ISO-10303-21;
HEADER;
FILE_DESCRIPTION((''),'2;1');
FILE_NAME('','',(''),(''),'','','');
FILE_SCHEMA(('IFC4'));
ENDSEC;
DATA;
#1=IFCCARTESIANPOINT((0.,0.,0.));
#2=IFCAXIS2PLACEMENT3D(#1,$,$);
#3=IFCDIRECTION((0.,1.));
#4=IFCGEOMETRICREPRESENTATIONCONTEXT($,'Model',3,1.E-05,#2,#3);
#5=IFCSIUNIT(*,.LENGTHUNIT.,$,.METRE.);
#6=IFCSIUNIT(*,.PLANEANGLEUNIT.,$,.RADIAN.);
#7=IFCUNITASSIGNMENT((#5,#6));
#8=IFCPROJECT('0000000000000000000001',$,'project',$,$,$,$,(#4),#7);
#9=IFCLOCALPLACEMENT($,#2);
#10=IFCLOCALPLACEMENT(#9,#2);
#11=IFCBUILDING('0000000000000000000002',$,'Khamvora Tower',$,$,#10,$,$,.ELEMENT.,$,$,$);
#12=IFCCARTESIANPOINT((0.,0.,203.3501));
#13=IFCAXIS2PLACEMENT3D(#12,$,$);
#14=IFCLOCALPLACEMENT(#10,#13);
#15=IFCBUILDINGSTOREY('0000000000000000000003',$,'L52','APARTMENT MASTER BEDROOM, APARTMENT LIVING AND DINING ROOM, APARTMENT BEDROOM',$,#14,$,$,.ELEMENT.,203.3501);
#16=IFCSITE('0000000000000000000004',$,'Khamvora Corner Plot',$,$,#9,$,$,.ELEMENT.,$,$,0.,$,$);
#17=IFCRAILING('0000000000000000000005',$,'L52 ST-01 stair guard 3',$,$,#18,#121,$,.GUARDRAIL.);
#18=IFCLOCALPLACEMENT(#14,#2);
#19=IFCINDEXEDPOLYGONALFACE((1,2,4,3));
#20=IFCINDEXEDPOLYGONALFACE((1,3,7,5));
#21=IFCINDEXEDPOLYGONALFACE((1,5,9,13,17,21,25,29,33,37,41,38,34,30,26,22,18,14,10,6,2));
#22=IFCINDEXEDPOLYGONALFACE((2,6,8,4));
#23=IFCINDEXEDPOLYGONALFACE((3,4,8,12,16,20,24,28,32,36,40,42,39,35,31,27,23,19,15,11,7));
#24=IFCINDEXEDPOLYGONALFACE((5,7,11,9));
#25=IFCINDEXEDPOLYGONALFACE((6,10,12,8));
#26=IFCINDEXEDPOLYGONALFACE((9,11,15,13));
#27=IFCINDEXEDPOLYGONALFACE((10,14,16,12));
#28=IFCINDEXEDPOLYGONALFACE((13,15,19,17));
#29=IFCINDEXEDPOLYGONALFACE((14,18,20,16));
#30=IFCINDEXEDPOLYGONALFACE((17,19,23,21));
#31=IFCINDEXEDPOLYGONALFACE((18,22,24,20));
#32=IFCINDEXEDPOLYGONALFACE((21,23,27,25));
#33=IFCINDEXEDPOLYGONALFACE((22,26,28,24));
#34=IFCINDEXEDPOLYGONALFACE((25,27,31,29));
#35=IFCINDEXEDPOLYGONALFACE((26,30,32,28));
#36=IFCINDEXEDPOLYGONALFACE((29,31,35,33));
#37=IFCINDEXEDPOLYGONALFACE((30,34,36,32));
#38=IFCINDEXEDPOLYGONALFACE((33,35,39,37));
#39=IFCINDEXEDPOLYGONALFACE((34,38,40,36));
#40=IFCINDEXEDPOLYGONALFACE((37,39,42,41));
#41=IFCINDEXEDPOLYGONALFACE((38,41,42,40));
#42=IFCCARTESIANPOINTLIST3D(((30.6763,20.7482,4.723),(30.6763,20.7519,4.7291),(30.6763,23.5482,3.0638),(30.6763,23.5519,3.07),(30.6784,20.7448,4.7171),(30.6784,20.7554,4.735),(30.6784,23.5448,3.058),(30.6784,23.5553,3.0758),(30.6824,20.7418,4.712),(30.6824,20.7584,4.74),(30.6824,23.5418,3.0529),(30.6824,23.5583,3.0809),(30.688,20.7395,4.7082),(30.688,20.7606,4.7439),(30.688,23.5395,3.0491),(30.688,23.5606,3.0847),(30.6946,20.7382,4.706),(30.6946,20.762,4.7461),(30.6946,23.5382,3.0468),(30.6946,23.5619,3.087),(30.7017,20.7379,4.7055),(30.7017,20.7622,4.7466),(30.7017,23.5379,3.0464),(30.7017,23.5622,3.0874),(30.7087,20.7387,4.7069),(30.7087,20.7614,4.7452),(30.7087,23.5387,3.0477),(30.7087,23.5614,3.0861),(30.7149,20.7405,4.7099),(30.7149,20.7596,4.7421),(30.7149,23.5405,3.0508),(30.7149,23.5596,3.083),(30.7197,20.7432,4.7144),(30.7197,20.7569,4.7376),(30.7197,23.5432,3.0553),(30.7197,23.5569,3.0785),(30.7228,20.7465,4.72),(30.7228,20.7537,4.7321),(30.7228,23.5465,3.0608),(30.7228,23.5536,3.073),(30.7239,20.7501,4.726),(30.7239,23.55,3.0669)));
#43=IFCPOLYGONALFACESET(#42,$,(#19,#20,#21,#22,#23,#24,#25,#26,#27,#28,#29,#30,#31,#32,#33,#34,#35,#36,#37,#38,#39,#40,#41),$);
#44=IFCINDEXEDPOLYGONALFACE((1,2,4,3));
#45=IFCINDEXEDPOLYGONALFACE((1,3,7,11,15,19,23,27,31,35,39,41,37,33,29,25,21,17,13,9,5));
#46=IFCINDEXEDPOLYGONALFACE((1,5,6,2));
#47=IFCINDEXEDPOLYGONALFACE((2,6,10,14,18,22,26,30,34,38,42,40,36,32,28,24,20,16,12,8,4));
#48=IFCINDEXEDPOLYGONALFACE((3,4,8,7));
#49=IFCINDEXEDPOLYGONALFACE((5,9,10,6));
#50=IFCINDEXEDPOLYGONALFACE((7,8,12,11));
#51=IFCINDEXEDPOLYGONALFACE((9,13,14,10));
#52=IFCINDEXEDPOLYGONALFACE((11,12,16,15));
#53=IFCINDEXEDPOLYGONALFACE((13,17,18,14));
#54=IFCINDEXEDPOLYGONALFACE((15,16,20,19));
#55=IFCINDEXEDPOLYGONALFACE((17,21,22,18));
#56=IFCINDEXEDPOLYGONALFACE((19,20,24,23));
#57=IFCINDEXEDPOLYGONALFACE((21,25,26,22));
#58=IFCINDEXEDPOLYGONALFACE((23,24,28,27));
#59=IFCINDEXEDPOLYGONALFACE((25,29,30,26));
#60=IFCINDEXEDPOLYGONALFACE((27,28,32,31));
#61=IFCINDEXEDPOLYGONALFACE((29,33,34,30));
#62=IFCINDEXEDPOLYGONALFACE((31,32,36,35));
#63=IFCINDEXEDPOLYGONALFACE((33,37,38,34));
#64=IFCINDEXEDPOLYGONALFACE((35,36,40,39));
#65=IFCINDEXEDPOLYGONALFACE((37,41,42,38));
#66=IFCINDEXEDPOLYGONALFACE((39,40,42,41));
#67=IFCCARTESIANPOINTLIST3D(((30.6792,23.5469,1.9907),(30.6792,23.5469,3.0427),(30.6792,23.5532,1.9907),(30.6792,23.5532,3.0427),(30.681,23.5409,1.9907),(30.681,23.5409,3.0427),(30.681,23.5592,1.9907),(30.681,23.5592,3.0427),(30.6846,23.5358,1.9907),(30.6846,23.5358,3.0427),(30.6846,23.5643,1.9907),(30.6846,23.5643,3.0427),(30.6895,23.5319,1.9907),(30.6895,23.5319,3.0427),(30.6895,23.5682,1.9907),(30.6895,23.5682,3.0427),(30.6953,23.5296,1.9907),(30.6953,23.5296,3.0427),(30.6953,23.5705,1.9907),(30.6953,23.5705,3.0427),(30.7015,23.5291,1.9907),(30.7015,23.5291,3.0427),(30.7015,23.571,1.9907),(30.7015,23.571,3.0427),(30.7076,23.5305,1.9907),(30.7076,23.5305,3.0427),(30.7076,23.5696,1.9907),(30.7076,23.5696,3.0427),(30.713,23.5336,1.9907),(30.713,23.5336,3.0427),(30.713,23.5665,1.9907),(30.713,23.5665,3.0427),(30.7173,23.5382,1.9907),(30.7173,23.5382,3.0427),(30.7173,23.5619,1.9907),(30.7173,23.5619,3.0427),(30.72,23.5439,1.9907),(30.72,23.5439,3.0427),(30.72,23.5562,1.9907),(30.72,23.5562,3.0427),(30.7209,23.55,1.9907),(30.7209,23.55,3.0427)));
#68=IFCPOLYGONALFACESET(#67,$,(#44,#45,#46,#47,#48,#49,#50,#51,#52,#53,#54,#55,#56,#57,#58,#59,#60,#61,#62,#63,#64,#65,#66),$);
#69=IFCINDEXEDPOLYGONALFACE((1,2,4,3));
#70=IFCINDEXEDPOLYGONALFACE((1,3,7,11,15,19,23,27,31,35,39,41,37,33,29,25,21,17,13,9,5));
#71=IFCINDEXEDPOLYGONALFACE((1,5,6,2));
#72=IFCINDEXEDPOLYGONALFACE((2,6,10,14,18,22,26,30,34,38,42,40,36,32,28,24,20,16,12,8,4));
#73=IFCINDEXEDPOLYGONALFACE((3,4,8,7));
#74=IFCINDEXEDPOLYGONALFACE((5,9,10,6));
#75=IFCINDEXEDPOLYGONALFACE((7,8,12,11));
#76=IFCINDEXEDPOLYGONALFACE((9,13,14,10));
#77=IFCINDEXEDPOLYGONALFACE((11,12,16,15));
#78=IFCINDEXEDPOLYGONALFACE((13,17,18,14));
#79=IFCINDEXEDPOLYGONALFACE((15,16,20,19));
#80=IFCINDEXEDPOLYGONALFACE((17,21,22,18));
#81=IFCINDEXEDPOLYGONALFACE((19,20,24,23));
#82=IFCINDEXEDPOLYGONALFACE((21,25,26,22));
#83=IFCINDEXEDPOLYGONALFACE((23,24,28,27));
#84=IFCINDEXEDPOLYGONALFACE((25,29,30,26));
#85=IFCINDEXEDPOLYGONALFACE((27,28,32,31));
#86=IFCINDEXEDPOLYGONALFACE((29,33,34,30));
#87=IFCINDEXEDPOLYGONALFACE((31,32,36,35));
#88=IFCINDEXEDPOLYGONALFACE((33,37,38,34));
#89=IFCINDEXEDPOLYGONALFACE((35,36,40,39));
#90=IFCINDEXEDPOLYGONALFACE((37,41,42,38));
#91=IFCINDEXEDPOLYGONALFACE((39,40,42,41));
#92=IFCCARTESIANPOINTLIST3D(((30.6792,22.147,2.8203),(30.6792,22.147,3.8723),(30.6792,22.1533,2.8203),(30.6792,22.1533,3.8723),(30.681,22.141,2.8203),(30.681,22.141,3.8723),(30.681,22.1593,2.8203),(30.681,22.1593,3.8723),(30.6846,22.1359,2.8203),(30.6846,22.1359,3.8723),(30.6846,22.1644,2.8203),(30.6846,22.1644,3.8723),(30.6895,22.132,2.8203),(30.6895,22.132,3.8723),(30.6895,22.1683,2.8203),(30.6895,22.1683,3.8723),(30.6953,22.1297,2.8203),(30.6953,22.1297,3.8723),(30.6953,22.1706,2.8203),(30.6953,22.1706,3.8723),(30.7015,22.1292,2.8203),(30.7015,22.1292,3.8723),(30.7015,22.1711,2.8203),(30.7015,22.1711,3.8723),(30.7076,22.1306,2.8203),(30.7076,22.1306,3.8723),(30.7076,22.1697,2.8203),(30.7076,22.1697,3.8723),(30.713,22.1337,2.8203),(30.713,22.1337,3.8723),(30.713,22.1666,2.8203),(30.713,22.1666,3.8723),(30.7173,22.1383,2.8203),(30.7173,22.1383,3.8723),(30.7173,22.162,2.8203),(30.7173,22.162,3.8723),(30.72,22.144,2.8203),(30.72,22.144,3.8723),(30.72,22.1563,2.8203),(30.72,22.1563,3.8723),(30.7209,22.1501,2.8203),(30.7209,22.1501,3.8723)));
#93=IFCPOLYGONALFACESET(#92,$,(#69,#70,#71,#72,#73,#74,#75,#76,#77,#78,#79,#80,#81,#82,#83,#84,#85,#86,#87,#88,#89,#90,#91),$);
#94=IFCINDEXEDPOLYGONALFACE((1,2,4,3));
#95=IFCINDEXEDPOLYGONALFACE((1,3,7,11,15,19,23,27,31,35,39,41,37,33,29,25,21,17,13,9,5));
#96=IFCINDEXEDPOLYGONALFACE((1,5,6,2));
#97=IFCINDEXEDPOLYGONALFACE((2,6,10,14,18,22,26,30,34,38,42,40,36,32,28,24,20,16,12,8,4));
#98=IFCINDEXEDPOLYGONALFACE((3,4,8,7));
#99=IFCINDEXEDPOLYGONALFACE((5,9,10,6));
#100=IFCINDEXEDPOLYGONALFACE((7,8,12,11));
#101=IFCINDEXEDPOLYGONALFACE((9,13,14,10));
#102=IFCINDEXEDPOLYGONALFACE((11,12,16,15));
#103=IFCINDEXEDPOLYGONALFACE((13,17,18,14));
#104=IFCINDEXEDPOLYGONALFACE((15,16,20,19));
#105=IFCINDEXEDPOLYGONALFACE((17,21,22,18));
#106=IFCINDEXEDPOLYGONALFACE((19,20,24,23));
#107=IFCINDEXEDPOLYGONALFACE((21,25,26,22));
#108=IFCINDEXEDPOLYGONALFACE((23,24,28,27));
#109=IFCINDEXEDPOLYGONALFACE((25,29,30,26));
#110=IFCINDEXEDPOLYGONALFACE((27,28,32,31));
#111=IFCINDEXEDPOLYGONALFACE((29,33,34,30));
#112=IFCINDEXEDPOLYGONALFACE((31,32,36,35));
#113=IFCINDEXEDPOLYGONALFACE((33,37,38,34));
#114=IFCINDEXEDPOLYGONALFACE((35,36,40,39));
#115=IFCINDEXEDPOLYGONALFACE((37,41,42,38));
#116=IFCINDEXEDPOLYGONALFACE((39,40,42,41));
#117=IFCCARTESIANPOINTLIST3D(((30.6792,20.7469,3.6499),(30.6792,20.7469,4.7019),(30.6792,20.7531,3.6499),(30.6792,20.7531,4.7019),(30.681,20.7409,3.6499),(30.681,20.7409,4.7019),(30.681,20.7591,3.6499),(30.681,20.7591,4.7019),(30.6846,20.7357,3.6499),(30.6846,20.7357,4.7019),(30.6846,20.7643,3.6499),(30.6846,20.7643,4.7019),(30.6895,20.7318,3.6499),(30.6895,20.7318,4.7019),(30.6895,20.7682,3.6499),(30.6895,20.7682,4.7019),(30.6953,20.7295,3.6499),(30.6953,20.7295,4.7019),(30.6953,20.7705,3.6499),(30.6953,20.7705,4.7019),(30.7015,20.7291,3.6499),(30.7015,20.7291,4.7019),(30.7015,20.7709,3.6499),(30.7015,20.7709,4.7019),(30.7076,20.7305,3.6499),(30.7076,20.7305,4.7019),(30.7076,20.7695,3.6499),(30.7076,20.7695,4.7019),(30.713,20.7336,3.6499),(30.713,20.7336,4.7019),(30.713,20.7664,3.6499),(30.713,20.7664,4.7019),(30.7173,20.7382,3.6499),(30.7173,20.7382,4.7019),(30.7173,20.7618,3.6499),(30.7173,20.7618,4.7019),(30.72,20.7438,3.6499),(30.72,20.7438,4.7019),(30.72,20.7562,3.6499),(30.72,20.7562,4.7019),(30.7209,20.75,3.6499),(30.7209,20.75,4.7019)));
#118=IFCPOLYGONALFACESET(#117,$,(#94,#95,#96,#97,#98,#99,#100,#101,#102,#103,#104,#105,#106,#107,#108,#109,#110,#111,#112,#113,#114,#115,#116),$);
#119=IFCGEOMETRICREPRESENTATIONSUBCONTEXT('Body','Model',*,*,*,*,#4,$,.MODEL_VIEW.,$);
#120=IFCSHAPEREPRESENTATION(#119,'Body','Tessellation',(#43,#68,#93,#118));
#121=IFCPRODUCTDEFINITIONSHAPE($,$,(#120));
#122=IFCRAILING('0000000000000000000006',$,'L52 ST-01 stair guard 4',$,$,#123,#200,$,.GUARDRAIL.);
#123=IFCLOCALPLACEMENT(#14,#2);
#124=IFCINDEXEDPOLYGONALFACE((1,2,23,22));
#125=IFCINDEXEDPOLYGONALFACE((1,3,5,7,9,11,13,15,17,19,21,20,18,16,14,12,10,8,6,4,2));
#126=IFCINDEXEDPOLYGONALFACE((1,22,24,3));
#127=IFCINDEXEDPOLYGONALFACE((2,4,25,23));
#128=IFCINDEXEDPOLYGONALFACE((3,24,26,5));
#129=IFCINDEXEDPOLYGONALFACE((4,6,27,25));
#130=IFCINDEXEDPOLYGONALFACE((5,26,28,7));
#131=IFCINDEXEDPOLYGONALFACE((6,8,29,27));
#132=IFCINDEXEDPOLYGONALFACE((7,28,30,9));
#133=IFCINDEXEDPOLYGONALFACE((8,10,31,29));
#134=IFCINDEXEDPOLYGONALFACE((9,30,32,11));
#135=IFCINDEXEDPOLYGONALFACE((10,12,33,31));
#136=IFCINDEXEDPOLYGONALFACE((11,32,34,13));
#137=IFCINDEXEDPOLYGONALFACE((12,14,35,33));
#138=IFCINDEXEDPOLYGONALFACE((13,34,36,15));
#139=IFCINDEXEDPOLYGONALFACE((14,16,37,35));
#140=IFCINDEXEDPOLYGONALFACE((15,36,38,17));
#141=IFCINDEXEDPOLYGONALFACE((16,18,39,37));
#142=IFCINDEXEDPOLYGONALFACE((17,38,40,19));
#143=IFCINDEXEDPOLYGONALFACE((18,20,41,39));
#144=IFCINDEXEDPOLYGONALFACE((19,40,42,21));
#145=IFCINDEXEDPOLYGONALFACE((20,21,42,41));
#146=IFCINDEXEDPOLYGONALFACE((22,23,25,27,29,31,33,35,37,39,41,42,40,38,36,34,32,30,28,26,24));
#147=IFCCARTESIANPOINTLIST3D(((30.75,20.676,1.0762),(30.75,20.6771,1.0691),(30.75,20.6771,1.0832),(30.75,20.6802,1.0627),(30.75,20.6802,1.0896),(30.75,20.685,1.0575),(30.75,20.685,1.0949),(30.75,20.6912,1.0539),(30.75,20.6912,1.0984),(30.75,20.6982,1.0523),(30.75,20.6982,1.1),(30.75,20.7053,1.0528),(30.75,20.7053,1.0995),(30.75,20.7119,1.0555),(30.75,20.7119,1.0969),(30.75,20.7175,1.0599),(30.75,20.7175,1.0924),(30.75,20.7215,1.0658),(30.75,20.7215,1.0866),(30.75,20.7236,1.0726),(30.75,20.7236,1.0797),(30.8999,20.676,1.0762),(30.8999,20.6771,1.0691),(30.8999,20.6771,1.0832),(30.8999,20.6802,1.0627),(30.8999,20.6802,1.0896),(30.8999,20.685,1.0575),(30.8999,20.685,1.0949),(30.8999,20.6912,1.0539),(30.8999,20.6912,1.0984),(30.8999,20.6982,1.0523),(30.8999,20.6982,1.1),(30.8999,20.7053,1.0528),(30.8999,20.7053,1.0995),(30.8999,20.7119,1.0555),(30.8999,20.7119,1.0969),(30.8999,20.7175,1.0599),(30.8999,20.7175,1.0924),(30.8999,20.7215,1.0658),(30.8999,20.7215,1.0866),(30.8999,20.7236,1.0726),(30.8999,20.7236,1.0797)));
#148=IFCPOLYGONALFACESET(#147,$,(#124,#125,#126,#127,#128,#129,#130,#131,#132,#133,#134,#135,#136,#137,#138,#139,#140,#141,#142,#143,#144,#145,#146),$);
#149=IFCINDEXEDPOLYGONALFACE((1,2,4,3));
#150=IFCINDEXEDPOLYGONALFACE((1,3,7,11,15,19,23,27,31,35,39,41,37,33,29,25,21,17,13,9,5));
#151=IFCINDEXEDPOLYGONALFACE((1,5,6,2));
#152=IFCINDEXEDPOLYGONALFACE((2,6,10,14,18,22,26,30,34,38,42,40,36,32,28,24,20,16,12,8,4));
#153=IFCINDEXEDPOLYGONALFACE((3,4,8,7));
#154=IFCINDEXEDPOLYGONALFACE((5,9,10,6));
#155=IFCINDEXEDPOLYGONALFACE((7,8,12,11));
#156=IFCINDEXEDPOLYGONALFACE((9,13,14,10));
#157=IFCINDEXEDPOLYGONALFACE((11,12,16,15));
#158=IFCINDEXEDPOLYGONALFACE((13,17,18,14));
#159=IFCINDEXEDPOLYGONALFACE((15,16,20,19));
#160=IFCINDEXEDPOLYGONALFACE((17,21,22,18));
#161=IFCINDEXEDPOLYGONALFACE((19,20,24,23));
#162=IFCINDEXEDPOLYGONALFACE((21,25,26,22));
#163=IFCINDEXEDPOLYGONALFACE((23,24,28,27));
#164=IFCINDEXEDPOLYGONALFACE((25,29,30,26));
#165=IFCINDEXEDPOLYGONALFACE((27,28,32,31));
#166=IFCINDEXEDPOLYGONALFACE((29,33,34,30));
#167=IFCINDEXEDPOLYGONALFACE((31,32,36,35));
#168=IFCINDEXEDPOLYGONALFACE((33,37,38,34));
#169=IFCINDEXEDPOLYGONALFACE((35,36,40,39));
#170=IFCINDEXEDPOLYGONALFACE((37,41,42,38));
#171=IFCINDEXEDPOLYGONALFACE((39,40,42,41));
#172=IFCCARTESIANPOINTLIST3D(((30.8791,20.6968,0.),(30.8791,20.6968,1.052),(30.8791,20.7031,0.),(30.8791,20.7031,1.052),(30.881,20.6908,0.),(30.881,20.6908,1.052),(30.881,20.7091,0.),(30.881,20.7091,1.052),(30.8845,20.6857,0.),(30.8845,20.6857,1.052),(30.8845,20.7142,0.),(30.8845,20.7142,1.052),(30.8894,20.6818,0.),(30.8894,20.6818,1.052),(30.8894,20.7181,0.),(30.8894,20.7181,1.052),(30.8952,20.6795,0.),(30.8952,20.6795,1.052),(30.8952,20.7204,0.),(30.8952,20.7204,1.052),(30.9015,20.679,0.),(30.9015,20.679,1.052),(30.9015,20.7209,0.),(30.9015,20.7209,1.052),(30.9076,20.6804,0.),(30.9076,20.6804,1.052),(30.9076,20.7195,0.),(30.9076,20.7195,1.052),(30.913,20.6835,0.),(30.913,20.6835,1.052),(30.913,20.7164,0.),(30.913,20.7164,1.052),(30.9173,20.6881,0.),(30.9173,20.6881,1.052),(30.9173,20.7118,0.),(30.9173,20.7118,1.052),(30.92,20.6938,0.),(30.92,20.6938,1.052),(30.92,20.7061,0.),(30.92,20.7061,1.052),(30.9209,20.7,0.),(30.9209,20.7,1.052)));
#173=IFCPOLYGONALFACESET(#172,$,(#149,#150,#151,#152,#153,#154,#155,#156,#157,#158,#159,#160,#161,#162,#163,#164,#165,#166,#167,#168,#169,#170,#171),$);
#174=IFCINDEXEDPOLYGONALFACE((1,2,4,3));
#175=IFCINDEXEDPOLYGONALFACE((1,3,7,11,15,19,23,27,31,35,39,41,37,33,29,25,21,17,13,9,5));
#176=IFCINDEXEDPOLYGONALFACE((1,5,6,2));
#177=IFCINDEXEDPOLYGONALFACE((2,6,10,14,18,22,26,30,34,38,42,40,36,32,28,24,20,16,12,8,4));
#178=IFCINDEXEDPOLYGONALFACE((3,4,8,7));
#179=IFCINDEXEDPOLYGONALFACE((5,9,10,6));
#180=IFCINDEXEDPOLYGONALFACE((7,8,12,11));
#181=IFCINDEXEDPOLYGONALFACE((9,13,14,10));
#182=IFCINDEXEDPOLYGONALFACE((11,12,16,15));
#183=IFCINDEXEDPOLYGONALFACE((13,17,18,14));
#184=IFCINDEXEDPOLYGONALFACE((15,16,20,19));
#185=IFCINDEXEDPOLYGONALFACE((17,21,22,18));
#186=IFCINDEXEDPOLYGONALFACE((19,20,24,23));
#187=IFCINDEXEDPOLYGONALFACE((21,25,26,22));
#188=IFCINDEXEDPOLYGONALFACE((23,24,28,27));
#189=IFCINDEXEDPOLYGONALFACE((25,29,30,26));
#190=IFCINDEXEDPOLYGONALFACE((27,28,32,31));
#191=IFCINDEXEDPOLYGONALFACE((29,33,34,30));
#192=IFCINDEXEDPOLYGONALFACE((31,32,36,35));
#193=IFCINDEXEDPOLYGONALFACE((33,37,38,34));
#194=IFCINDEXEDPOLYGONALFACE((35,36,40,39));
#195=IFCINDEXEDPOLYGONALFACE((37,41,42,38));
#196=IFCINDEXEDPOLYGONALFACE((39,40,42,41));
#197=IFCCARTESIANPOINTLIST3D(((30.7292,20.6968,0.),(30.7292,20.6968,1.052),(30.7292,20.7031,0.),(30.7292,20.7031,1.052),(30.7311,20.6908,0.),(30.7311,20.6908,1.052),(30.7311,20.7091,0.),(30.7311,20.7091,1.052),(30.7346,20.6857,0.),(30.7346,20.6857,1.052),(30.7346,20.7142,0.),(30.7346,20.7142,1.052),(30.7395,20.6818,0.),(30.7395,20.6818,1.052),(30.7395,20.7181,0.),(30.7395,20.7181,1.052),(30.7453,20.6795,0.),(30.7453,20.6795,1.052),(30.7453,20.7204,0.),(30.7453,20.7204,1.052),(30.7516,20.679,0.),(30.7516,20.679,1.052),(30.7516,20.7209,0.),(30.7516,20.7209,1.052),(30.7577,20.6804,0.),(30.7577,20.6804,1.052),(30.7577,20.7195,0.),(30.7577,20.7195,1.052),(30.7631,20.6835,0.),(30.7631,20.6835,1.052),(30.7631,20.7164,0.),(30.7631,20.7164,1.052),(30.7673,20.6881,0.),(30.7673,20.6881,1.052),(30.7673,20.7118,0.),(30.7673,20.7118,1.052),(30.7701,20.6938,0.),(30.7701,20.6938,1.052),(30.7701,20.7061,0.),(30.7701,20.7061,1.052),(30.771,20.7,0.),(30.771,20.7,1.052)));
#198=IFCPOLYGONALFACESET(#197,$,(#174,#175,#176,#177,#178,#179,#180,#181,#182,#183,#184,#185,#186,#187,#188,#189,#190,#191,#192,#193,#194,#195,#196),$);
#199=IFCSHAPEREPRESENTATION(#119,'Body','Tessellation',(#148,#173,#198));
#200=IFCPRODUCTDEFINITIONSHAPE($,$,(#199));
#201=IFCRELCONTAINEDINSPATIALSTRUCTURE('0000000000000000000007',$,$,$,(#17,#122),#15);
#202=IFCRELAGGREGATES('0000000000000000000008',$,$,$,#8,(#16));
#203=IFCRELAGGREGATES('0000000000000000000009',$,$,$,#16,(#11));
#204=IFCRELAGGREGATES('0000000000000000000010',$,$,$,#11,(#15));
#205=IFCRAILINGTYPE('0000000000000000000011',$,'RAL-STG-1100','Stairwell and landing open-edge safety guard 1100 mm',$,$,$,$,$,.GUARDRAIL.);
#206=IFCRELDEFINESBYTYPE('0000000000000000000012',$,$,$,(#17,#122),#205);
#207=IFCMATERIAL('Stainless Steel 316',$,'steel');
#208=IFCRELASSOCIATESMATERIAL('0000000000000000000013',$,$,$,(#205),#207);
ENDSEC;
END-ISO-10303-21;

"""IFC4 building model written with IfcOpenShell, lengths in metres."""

from ifc_helpers import new_model, si_unit, direction, frame, origin, origin_2d, place, context, subcontext, project, spatial, circle, extrude, material, type_object, element, save


model = new_model("IFC4")

# Units and contexts
model_context = context("Model", 3, precision=1e-05, world=origin(), true_north=direction((0.0, 1.0)))
body_context = subcontext(model_context, "Body", "Model", "MODEL_VIEW")
ifc_project = project(units=[si_unit("LENGTHUNIT", "METRE"), si_unit("PLANEANGLEUNIT", "RADIAN")], contexts=[model_context])

# Site, building, storey
site_placement = place(None, origin())
site = spatial("IfcSite", under=ifc_project, at=site_placement, Name="Khamvora Corner Plot", CompositionType="ELEMENT", RefElevation=0.0)
building_placement = place(site_placement, origin())
building = spatial("IfcBuilding", under=site, at=building_placement, Name="Khamvora Tower", CompositionType="ELEMENT")
storey_placement = place(building_placement, frame((0.0, 0.0, 203.3501)))
storey = spatial("IfcBuildingStorey", under=building, at=storey_placement, Name="L52", Description="APARTMENT MASTER BEDROOM, APARTMENT LIVING AND DINING ROOM, APARTMENT BEDROOM", CompositionType="ELEMENT", Elevation=203.3501)

# Railings
ifc_material_1 = material(Name="Stainless Steel 316", Category="steel")
railing_type_1 = type_object("IfcRailingType", Name="RAL-STG-1100", Description="Stairwell and landing open-edge safety guard 1100 mm", PredefinedType="GUARDRAIL", material=ifc_material_1)
railing_1_placement = place(storey_placement, frame((30.7, 23.55, 1.9907)))
element("IfcRailing", 1, at=railing_1_placement, inside=storey, type_object=railing_type_1, Name="L52 ST-01 stair guard 3", PredefinedType="GUARDRAIL", context=body_context, shape_type="SweptSolid", body=[
    extrude(circle(Radius=0.0239, at=origin_2d()), frame((0.0, 0.0, 1.0762), z_axis=(0.0, -0.860306, 0.509778), x_axis=(1.0, 0.0, 0.0)), (0.0, 0.0, 1.0), 3.2546),
    extrude(circle(Radius=0.021, at=origin_2d()), origin(), (0.0, 0.0, 1.0), 1.052),
    extrude(circle(Radius=0.021, at=origin_2d()), frame((0.0, -1.3999, 0.8296)), (0.0, 0.0, 1.0), 1.052),
    extrude(circle(Radius=0.021, at=origin_2d()), frame((0.0, -2.8, 1.6592)), (0.0, 0.0, 1.0), 1.052),
])
railing_2_placement = place(storey_placement, frame((30.8999, 20.7, 0.0)))
element("IfcRailing", 2, at=railing_2_placement, inside=storey, type_object=railing_type_1, Name="L52 ST-01 stair guard 4", PredefinedType="GUARDRAIL", context=body_context, shape_type="SweptSolid", body=[
    extrude(circle(Radius=0.0239, at=origin_2d()), frame((0.0, 0.0, 1.0762), z_axis=(-1.0, 0.0, 0.0), x_axis=(0.0, -1.0, 0.0)), (0.0, 0.0, 1.0), 0.1499),
    extrude(circle(Radius=0.021, at=origin_2d()), origin(), (0.0, 0.0, 1.0), 1.052),
    extrude(circle(Radius=0.021, at=origin_2d()), frame((-0.1499, 0.0, 0.0)), (0.0, 0.0, 1.0), 1.052),
])

save(model, "model.ifc")
